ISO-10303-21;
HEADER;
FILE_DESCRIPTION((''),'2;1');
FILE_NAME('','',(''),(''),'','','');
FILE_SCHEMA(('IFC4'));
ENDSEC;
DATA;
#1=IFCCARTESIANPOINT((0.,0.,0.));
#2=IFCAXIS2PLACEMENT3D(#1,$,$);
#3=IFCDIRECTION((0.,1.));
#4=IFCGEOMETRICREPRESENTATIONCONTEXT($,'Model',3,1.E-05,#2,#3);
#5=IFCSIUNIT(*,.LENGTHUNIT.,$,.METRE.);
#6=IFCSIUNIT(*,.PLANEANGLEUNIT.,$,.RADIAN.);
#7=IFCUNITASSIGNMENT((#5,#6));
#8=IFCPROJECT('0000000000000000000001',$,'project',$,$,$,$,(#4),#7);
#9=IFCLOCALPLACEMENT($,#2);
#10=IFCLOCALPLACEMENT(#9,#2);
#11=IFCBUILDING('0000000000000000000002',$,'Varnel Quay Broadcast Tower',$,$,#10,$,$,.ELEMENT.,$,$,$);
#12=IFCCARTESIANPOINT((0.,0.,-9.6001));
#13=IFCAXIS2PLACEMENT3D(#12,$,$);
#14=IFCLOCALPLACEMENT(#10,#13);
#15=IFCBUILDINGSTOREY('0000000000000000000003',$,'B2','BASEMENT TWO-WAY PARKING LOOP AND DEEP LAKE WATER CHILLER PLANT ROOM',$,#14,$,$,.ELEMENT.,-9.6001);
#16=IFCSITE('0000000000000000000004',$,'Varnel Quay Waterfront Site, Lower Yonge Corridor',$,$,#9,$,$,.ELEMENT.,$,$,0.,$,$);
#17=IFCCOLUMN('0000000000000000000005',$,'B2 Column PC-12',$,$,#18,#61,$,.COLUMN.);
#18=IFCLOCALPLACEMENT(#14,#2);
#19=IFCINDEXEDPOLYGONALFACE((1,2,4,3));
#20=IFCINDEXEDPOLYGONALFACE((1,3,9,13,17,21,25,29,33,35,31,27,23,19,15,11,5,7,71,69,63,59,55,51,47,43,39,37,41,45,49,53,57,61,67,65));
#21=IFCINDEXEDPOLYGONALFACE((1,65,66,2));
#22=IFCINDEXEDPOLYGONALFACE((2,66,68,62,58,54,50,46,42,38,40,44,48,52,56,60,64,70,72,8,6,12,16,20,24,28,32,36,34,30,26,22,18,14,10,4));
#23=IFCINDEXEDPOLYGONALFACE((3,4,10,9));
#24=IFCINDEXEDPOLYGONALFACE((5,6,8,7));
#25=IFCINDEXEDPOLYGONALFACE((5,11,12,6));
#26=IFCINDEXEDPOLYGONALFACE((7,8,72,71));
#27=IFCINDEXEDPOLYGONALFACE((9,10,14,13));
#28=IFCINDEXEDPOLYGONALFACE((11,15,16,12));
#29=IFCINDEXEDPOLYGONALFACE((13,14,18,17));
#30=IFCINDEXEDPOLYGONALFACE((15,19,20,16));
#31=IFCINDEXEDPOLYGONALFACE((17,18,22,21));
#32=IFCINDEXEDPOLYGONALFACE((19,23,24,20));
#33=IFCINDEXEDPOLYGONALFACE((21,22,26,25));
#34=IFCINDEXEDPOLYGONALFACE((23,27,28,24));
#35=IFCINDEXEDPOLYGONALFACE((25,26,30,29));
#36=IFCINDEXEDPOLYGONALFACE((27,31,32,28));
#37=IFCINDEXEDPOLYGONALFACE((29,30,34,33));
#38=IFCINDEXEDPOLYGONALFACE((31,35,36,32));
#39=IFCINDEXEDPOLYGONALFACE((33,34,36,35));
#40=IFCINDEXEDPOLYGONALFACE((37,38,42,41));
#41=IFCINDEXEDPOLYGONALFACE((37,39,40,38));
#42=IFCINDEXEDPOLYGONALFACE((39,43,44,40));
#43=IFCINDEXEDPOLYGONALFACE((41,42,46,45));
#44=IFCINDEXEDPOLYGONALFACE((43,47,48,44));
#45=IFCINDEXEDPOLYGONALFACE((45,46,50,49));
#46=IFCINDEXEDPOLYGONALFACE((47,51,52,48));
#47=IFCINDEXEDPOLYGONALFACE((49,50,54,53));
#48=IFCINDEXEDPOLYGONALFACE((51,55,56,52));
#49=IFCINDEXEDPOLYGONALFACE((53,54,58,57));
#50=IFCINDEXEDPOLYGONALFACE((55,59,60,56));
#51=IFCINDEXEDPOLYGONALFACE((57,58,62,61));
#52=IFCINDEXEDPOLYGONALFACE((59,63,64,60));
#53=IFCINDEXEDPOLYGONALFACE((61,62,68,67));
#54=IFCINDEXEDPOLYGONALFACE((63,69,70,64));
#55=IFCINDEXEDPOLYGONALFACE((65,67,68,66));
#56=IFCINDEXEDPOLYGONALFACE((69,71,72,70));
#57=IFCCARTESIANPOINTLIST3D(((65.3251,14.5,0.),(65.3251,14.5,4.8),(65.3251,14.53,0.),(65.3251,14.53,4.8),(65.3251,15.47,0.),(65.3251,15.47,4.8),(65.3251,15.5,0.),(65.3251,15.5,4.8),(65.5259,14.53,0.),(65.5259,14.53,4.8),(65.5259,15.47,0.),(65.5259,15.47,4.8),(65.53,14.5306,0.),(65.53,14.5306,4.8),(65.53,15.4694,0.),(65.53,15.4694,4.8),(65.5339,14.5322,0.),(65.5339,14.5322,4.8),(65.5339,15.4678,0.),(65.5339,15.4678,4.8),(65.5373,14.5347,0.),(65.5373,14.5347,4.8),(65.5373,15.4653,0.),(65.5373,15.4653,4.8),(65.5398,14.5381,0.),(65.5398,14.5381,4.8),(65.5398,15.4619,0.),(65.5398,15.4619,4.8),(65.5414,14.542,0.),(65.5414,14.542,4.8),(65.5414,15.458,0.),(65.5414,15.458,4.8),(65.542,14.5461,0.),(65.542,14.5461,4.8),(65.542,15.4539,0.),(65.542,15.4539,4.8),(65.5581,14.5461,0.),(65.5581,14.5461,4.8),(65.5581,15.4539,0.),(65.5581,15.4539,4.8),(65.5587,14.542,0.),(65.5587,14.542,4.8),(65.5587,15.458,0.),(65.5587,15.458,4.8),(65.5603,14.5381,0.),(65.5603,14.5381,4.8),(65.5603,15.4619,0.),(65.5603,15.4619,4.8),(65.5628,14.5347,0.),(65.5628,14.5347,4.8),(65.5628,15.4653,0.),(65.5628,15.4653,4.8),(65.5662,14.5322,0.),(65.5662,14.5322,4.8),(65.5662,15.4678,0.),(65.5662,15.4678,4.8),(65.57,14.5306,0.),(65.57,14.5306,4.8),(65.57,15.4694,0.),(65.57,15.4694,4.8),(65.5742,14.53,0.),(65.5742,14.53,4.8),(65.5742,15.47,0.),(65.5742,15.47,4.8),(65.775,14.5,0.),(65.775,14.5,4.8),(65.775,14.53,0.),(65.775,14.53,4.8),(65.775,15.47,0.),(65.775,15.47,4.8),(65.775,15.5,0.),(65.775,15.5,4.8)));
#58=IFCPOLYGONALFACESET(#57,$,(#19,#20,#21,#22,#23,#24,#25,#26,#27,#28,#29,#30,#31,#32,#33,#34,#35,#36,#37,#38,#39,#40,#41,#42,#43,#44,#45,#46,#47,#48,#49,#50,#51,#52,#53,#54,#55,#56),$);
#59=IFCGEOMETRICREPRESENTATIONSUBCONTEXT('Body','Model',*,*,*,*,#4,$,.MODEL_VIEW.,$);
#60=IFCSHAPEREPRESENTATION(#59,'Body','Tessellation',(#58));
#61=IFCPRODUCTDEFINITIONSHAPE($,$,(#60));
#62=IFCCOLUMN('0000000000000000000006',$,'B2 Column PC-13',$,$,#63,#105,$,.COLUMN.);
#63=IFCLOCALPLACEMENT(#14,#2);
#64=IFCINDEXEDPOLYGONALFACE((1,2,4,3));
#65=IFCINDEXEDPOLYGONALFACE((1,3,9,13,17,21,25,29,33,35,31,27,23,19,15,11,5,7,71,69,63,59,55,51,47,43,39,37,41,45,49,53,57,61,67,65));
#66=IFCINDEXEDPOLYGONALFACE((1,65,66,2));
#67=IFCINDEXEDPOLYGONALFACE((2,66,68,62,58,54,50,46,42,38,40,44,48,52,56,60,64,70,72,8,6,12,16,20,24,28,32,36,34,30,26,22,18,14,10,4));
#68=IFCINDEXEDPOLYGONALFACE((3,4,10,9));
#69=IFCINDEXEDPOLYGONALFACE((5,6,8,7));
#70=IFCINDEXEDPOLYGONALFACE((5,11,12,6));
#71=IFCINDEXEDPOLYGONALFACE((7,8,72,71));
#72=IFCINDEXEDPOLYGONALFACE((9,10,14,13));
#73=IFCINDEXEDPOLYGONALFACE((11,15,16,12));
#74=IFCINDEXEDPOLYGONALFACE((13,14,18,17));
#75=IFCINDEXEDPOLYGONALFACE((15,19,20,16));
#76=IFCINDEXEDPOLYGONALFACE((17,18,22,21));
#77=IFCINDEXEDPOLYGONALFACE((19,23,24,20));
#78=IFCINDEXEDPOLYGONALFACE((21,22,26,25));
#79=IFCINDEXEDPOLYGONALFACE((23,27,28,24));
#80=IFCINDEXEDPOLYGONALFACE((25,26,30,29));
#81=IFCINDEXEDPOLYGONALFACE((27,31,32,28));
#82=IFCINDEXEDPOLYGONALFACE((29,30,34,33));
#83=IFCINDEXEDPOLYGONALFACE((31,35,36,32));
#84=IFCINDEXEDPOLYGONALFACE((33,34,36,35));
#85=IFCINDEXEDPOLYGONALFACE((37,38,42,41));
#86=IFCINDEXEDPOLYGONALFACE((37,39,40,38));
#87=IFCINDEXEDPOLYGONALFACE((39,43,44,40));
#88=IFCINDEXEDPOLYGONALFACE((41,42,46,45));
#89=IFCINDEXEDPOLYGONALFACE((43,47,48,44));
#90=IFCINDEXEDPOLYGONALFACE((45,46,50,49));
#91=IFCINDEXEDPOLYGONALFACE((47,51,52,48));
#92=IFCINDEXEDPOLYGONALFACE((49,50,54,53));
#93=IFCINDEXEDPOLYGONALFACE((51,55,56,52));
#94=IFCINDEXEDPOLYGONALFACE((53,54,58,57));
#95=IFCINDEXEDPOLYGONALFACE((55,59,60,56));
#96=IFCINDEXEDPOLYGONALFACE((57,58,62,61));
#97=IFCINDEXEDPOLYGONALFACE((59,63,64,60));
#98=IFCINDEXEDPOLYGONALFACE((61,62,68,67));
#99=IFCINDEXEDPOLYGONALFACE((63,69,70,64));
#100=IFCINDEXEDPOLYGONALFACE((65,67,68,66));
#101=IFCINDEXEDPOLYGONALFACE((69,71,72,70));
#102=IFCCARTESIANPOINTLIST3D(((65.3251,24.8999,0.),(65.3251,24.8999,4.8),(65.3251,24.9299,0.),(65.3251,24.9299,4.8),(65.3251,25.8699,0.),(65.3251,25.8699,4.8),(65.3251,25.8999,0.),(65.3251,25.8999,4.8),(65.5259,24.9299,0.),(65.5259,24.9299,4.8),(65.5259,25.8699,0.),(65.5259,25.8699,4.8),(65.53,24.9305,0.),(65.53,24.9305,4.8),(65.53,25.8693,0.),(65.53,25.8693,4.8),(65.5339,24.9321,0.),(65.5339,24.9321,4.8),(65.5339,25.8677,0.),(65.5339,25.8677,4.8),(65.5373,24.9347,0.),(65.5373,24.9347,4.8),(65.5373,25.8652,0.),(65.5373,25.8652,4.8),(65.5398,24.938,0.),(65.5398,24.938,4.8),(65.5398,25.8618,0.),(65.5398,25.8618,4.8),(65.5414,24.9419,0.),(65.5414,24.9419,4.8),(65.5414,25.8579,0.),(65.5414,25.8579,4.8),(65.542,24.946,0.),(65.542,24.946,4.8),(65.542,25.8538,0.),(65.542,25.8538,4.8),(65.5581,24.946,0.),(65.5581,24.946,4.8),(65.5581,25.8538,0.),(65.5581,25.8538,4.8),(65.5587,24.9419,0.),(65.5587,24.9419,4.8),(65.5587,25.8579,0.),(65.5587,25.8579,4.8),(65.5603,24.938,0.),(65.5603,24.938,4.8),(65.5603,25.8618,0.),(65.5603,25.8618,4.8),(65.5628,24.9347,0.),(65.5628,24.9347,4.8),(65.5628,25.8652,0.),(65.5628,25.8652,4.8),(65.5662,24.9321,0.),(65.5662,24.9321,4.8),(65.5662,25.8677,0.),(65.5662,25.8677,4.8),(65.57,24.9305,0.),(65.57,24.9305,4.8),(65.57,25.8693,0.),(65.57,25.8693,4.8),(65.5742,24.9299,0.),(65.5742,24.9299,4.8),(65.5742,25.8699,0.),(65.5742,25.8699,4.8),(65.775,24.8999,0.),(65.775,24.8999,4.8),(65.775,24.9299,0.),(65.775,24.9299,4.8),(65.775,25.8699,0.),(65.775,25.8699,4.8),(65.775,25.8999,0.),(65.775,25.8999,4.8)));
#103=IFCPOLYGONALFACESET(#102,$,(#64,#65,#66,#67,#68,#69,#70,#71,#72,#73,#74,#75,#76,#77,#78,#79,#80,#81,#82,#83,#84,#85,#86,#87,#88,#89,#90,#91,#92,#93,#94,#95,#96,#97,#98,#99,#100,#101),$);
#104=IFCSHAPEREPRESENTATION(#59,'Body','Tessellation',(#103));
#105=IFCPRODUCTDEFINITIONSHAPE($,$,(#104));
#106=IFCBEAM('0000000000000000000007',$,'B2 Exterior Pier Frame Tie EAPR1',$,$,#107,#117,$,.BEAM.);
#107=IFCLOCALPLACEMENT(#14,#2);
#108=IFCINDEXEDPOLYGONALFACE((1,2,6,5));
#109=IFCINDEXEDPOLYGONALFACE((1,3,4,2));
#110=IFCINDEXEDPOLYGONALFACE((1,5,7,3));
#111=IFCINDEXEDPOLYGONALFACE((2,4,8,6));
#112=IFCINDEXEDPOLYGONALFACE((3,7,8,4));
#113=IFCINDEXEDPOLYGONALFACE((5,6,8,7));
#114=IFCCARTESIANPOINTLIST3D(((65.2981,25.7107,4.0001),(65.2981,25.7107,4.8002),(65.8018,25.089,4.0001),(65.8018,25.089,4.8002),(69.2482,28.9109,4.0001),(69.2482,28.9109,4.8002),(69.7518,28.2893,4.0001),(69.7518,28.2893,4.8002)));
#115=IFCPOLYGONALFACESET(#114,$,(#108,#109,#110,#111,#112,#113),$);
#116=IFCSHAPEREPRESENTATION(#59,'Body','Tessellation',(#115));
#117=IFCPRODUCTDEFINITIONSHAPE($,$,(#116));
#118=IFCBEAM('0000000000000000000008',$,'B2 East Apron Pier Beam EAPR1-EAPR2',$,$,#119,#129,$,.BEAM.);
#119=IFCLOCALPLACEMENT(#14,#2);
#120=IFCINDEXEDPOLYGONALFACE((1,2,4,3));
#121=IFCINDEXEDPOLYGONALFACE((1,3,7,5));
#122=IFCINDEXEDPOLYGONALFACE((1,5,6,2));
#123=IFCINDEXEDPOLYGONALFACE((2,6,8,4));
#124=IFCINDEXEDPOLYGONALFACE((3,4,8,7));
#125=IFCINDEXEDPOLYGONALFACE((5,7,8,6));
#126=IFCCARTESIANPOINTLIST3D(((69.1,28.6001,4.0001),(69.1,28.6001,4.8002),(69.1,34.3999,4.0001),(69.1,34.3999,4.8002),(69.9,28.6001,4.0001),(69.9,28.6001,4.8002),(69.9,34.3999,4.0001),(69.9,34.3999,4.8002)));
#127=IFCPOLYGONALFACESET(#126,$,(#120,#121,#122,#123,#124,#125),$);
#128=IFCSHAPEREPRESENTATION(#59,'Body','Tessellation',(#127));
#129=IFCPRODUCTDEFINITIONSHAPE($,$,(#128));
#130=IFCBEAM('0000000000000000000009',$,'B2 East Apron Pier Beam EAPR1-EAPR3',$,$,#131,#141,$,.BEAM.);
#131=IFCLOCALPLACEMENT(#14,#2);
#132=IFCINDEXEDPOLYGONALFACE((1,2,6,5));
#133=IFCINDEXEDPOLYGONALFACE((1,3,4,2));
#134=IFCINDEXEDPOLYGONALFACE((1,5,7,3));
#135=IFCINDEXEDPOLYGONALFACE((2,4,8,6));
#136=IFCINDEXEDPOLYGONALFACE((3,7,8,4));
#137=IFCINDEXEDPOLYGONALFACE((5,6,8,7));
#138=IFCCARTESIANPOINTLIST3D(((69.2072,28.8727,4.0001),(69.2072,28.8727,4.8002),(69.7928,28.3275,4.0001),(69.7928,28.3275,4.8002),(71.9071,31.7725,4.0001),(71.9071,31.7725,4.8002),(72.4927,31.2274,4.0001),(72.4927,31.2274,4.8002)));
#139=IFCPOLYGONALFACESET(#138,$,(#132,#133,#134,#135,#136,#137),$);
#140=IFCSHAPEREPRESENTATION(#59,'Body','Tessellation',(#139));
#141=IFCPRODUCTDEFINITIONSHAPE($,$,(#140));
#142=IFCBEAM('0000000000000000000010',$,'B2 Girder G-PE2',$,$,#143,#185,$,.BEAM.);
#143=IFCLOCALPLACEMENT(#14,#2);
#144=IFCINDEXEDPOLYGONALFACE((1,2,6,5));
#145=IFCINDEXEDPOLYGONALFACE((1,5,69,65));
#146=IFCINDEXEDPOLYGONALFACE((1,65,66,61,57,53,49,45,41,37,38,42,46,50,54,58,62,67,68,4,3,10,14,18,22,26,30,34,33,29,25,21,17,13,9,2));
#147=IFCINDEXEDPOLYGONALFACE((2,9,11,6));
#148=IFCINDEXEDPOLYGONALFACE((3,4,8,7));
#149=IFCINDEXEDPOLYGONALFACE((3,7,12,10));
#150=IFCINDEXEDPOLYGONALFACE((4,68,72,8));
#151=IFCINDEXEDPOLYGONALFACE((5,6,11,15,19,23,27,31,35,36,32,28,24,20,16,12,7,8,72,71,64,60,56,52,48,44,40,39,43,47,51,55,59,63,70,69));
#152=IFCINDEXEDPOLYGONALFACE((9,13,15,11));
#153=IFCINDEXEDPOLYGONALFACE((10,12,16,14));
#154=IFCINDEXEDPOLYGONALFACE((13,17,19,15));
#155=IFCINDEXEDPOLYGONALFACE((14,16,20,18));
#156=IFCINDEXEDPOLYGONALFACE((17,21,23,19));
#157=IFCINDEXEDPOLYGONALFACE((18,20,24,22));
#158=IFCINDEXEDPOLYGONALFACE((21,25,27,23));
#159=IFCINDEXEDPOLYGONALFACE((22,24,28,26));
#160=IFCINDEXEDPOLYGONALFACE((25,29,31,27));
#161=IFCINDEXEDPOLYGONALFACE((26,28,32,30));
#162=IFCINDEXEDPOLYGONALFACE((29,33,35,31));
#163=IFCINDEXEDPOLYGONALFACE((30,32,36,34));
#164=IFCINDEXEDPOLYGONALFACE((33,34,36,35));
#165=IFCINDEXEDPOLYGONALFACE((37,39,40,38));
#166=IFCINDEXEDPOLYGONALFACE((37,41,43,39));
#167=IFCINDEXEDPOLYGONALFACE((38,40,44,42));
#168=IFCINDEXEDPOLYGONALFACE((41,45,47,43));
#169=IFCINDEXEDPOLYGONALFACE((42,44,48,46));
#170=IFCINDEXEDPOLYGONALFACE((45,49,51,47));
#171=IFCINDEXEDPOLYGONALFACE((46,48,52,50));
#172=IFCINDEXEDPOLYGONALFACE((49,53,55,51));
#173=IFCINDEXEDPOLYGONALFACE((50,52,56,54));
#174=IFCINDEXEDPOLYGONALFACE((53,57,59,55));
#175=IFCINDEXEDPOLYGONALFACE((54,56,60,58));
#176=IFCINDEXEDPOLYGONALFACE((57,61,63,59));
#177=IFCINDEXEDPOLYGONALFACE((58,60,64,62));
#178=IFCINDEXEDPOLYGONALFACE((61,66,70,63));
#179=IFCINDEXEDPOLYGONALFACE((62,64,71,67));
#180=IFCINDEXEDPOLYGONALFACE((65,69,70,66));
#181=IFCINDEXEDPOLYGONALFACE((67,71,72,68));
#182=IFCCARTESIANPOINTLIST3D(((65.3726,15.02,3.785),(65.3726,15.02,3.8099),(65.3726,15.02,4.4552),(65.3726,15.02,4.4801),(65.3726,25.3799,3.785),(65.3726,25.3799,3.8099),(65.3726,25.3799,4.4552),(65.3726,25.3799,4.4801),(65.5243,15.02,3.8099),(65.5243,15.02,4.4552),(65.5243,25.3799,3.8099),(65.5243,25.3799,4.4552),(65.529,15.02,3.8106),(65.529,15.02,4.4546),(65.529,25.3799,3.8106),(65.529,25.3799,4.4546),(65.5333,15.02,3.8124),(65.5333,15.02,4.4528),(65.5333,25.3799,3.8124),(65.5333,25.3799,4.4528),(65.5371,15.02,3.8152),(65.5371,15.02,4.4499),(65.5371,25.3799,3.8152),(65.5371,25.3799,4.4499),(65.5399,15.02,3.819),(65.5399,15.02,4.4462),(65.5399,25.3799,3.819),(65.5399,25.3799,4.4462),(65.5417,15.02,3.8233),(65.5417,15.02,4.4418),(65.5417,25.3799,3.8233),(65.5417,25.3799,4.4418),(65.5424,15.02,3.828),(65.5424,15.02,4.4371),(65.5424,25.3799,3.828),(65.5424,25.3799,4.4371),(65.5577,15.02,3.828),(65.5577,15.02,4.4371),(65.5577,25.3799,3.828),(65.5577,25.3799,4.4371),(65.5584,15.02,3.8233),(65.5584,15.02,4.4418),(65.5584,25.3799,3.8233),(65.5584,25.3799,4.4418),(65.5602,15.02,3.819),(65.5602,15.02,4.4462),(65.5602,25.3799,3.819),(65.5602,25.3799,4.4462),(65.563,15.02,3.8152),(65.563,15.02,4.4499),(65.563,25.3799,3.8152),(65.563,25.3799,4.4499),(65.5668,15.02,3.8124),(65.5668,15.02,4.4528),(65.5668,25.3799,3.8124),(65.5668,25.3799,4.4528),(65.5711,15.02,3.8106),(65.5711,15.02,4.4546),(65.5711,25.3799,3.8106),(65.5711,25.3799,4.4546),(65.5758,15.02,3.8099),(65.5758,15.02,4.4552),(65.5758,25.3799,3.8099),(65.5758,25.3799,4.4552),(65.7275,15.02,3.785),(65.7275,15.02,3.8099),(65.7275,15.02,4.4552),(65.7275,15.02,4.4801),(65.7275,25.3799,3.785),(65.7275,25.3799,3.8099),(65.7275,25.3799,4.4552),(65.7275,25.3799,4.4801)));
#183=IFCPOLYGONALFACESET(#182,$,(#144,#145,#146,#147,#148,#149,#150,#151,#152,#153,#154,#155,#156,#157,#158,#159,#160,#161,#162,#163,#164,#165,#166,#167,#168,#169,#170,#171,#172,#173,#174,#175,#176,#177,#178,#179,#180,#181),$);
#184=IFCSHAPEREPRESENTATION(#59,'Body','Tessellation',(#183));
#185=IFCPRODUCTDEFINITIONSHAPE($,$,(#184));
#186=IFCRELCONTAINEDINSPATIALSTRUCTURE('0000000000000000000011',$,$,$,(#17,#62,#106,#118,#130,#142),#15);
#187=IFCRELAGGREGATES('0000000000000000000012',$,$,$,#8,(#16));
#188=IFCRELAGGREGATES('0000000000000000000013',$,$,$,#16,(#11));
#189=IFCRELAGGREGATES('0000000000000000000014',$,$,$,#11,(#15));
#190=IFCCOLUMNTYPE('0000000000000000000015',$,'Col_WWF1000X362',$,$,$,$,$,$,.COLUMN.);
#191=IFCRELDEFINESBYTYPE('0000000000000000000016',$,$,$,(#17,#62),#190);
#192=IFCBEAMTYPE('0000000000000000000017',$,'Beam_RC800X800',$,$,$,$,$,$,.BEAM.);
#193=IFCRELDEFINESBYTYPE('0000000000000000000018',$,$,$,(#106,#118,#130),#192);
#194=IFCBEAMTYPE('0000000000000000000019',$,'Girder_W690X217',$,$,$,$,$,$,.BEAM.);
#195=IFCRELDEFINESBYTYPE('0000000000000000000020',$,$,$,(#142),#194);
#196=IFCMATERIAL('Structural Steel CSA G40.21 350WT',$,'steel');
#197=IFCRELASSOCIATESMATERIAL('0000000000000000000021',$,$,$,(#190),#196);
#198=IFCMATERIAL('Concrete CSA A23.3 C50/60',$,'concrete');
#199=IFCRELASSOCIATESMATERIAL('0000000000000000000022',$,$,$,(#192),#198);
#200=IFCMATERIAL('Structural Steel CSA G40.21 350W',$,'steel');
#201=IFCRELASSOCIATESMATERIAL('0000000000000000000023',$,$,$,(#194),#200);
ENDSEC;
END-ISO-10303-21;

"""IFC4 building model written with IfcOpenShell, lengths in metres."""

from ifc_helpers import new_model, si_unit, direction, frame, origin, origin_2d, place, context, subcontext, project, spatial, rectangle, i_section, extrude, source, transform, mapped, material, material_profile, profile_set, type_object, type_shapes, element, save


model = new_model("IFC4")

# Units and contexts
model_context = context("Model", 3, precision=1e-05, world=origin(), true_north=direction((0.0, 1.0)))
body_context = subcontext(model_context, "Body", "Model", "MODEL_VIEW")
ifc_project = project(units=[si_unit("LENGTHUNIT", "METRE"), si_unit("PLANEANGLEUNIT", "RADIAN")], contexts=[model_context])

# Site, building, storey
site_placement = place(None, origin())
site = spatial("IfcSite", under=ifc_project, at=site_placement, Name="Varnel Quay Waterfront Site, Lower Yonge Corridor", CompositionType="ELEMENT", RefElevation=0.0)
building_placement = place(site_placement, origin())
building = spatial("IfcBuilding", under=site, at=building_placement, Name="Varnel Quay Broadcast Tower", CompositionType="ELEMENT")
storey_placement = place(building_placement, frame((0.0, 0.0, -9.6001)))
storey = spatial("IfcBuildingStorey", under=building, at=storey_placement, Name="B2", Description="BASEMENT TWO-WAY PARKING LOOP AND DEEP LAKE WATER CHILLER PLANT ROOM", CompositionType="ELEMENT", Elevation=-9.6001)

# Shared definitions
ifc_material_1 = material(Name="Concrete CSA A23.3 C50/60", Category="concrete")

# Columns
ifc_material_2 = material(Name="Structural Steel CSA G40.21 350WT", Category="steel")
ifc_material_profile_1 = material_profile(ifc_material_2, i_section(OverallWidth=0.45, OverallDepth=1.0, WebThickness=0.0161, FlangeThickness=0.03, FilletRadius=0.0161, at=origin_2d()), Name="WWF1000X362")
ifc_profile_set_1 = profile_set([ifc_material_profile_1], Name="Structural Steel CSA G40.21 350WT")
column_type_1 = type_object("IfcColumnType", Name="Col_WWF1000X362", PredefinedType="COLUMN", material=ifc_profile_set_1)
shared_shape_1 = source(origin(), body_context, "Body", "SweptSolid", [
    extrude(i_section(OverallWidth=0.45, OverallDepth=1.0, WebThickness=0.0161, FlangeThickness=0.03, FilletRadius=0.0161, at=origin_2d()), origin(), (0.0, 0.0, 1.0), 4.8),
])
type_shapes(column_type_1, [shared_shape_1])
for number, where, z_axis, x_axis, name in (
    (1, (65.55, 15.0, 0.0), (0.0, 0.0, 1.0), (1.0, 0.0, 0.0), "B2 Column PC-12"),
    (2, (65.55, 25.3999, 0.0), (0.0, 0.0, 1.0), (1.0, 0.0, 0.0), "B2 Column PC-13"),
):
    element("IfcColumn", number, at=place(storey_placement, frame(where, z_axis=z_axis, x_axis=x_axis)), inside=storey, type_object=column_type_1, Name=name, PredefinedType="COLUMN", context=body_context, shape_type="MappedRepresentation", body=[
        mapped(shared_shape_1, transform((0.0, 0.0, 0.0), x_axis=(1.0, 0.0, 0.0), y_axis=(0.0, 1.0, 0.0), z_axis=(0.0, 0.0, 1.0), scale=1.0)),
    ])

# Beams
ifc_material_profile_2 = material_profile(ifc_material_1, rectangle(XDim=0.8, YDim=0.8, at=origin_2d()), Name="RC800X800")
ifc_profile_set_2 = profile_set([ifc_material_profile_2], Name="Concrete CSA A23.3 C50/60")
beam_type_1 = type_object("IfcBeamType", Name="Beam_RC800X800", PredefinedType="BEAM", material=ifc_profile_set_2)
shared_shape_2 = source(origin(), body_context, "Body", "SweptSolid", [
    extrude(rectangle(XDim=0.8, YDim=0.8, at=origin_2d()), origin(), (0.0, 0.0, 1.0), 5.0837),
])
beam_1_placement = place(storey_placement, frame((69.5, 28.6001, 4.4001), z_axis=(-0.776993, -0.629509, 0.0), x_axis=(0.629509, -0.776993, 0.0)))
element("IfcBeam", 3, at=beam_1_placement, inside=storey, type_object=beam_type_1, Name="B2 Exterior Pier Frame Tie EAPR1", PredefinedType="BEAM", context=body_context, shape_type="MappedRepresentation", body=[
    mapped(shared_shape_2, transform((0.0, 0.0, 0.0), x_axis=(1.0, 0.0, 0.0), y_axis=(0.0, 1.0, 0.0), z_axis=(0.0, 0.0, 1.0), scale=1.0)),
])
shared_shape_3 = source(origin(), body_context, "Body", "SweptSolid", [
    extrude(rectangle(XDim=0.8, YDim=0.8, at=origin_2d()), origin(), (0.0, 0.0, 1.0), 5.7998),
])
beam_2_placement = place(storey_placement, frame((69.5, 28.6001, 4.4001), z_axis=(0.0, 1.0, 0.0), x_axis=(-1.0, 0.0, 0.0)))
element("IfcBeam", 4, at=beam_2_placement, inside=storey, type_object=beam_type_1, Name="B2 East Apron Pier Beam EAPR1-EAPR2", PredefinedType="BEAM", context=body_context, shape_type="MappedRepresentation", body=[
    mapped(shared_shape_3, transform((0.0, 0.0, 0.0), x_axis=(1.0, 0.0, 0.0), y_axis=(0.0, 1.0, 0.0), z_axis=(0.0, 0.0, 1.0), scale=1.0)),
])
shared_shape_4 = source(origin(), body_context, "Body", "SweptSolid", [
    extrude(rectangle(XDim=0.8, YDim=0.8, at=origin_2d()), origin(), (0.0, 0.0, 1.0), 3.9622),
])
type_shapes(beam_type_1, [shared_shape_2, shared_shape_3, shared_shape_4])
beam_3_placement = place(storey_placement, frame((69.5, 28.6001, 4.4001), z_axis=(0.681424, 0.731889, 0.0), x_axis=(-0.731889, 0.681424, 0.0)))
element("IfcBeam", 5, at=beam_3_placement, inside=storey, type_object=beam_type_1, Name="B2 East Apron Pier Beam EAPR1-EAPR3", PredefinedType="BEAM", context=body_context, shape_type="MappedRepresentation", body=[
    mapped(shared_shape_4, transform((0.0, 0.0, 0.0), x_axis=(1.0, 0.0, 0.0), y_axis=(0.0, 1.0, 0.0), z_axis=(0.0, 0.0, 1.0), scale=1.0)),
])
ifc_material_3 = material(Name="Structural Steel CSA G40.21 350W", Category="steel")
ifc_material_profile_3 = material_profile(ifc_material_3, i_section(OverallWidth=0.355, OverallDepth=0.6951, WebThickness=0.0154, FlangeThickness=0.0249, FilletRadius=0.0181, at=origin_2d()), Name="W690X217")
ifc_profile_set_3 = profile_set([ifc_material_profile_3], Name="Structural Steel CSA G40.21 350W")
beam_type_2 = type_object("IfcBeamType", Name="Girder_W690X217", PredefinedType="BEAM", material=ifc_profile_set_3)
shared_shape_5 = source(origin(), body_context, "Body", "SweptSolid", [
    extrude(i_section(OverallWidth=0.355, OverallDepth=0.6951, WebThickness=0.0154, FlangeThickness=0.0249, FilletRadius=0.0181, at=origin_2d()), origin(), (0.0, 0.0, 1.0), 10.3599),
])
beam_4_placement = place(storey_placement, frame((65.55, 15.02, 4.1326), z_axis=(0.0, 1.0, 0.0), x_axis=(-1.0, 0.0, 0.0)))
element("IfcBeam", 6, at=beam_4_placement, inside=storey, type_object=beam_type_2, Name="B2 Girder G-PE2", PredefinedType="BEAM", context=body_context, shape_type="MappedRepresentation", body=[
    mapped(shared_shape_5, transform((0.0, 0.0, 0.0), x_axis=(1.0, 0.0, 0.0), y_axis=(0.0, 1.0, 0.0), z_axis=(0.0, 0.0, 1.0), scale=1.0)),
])

save(model, "model.ifc")
